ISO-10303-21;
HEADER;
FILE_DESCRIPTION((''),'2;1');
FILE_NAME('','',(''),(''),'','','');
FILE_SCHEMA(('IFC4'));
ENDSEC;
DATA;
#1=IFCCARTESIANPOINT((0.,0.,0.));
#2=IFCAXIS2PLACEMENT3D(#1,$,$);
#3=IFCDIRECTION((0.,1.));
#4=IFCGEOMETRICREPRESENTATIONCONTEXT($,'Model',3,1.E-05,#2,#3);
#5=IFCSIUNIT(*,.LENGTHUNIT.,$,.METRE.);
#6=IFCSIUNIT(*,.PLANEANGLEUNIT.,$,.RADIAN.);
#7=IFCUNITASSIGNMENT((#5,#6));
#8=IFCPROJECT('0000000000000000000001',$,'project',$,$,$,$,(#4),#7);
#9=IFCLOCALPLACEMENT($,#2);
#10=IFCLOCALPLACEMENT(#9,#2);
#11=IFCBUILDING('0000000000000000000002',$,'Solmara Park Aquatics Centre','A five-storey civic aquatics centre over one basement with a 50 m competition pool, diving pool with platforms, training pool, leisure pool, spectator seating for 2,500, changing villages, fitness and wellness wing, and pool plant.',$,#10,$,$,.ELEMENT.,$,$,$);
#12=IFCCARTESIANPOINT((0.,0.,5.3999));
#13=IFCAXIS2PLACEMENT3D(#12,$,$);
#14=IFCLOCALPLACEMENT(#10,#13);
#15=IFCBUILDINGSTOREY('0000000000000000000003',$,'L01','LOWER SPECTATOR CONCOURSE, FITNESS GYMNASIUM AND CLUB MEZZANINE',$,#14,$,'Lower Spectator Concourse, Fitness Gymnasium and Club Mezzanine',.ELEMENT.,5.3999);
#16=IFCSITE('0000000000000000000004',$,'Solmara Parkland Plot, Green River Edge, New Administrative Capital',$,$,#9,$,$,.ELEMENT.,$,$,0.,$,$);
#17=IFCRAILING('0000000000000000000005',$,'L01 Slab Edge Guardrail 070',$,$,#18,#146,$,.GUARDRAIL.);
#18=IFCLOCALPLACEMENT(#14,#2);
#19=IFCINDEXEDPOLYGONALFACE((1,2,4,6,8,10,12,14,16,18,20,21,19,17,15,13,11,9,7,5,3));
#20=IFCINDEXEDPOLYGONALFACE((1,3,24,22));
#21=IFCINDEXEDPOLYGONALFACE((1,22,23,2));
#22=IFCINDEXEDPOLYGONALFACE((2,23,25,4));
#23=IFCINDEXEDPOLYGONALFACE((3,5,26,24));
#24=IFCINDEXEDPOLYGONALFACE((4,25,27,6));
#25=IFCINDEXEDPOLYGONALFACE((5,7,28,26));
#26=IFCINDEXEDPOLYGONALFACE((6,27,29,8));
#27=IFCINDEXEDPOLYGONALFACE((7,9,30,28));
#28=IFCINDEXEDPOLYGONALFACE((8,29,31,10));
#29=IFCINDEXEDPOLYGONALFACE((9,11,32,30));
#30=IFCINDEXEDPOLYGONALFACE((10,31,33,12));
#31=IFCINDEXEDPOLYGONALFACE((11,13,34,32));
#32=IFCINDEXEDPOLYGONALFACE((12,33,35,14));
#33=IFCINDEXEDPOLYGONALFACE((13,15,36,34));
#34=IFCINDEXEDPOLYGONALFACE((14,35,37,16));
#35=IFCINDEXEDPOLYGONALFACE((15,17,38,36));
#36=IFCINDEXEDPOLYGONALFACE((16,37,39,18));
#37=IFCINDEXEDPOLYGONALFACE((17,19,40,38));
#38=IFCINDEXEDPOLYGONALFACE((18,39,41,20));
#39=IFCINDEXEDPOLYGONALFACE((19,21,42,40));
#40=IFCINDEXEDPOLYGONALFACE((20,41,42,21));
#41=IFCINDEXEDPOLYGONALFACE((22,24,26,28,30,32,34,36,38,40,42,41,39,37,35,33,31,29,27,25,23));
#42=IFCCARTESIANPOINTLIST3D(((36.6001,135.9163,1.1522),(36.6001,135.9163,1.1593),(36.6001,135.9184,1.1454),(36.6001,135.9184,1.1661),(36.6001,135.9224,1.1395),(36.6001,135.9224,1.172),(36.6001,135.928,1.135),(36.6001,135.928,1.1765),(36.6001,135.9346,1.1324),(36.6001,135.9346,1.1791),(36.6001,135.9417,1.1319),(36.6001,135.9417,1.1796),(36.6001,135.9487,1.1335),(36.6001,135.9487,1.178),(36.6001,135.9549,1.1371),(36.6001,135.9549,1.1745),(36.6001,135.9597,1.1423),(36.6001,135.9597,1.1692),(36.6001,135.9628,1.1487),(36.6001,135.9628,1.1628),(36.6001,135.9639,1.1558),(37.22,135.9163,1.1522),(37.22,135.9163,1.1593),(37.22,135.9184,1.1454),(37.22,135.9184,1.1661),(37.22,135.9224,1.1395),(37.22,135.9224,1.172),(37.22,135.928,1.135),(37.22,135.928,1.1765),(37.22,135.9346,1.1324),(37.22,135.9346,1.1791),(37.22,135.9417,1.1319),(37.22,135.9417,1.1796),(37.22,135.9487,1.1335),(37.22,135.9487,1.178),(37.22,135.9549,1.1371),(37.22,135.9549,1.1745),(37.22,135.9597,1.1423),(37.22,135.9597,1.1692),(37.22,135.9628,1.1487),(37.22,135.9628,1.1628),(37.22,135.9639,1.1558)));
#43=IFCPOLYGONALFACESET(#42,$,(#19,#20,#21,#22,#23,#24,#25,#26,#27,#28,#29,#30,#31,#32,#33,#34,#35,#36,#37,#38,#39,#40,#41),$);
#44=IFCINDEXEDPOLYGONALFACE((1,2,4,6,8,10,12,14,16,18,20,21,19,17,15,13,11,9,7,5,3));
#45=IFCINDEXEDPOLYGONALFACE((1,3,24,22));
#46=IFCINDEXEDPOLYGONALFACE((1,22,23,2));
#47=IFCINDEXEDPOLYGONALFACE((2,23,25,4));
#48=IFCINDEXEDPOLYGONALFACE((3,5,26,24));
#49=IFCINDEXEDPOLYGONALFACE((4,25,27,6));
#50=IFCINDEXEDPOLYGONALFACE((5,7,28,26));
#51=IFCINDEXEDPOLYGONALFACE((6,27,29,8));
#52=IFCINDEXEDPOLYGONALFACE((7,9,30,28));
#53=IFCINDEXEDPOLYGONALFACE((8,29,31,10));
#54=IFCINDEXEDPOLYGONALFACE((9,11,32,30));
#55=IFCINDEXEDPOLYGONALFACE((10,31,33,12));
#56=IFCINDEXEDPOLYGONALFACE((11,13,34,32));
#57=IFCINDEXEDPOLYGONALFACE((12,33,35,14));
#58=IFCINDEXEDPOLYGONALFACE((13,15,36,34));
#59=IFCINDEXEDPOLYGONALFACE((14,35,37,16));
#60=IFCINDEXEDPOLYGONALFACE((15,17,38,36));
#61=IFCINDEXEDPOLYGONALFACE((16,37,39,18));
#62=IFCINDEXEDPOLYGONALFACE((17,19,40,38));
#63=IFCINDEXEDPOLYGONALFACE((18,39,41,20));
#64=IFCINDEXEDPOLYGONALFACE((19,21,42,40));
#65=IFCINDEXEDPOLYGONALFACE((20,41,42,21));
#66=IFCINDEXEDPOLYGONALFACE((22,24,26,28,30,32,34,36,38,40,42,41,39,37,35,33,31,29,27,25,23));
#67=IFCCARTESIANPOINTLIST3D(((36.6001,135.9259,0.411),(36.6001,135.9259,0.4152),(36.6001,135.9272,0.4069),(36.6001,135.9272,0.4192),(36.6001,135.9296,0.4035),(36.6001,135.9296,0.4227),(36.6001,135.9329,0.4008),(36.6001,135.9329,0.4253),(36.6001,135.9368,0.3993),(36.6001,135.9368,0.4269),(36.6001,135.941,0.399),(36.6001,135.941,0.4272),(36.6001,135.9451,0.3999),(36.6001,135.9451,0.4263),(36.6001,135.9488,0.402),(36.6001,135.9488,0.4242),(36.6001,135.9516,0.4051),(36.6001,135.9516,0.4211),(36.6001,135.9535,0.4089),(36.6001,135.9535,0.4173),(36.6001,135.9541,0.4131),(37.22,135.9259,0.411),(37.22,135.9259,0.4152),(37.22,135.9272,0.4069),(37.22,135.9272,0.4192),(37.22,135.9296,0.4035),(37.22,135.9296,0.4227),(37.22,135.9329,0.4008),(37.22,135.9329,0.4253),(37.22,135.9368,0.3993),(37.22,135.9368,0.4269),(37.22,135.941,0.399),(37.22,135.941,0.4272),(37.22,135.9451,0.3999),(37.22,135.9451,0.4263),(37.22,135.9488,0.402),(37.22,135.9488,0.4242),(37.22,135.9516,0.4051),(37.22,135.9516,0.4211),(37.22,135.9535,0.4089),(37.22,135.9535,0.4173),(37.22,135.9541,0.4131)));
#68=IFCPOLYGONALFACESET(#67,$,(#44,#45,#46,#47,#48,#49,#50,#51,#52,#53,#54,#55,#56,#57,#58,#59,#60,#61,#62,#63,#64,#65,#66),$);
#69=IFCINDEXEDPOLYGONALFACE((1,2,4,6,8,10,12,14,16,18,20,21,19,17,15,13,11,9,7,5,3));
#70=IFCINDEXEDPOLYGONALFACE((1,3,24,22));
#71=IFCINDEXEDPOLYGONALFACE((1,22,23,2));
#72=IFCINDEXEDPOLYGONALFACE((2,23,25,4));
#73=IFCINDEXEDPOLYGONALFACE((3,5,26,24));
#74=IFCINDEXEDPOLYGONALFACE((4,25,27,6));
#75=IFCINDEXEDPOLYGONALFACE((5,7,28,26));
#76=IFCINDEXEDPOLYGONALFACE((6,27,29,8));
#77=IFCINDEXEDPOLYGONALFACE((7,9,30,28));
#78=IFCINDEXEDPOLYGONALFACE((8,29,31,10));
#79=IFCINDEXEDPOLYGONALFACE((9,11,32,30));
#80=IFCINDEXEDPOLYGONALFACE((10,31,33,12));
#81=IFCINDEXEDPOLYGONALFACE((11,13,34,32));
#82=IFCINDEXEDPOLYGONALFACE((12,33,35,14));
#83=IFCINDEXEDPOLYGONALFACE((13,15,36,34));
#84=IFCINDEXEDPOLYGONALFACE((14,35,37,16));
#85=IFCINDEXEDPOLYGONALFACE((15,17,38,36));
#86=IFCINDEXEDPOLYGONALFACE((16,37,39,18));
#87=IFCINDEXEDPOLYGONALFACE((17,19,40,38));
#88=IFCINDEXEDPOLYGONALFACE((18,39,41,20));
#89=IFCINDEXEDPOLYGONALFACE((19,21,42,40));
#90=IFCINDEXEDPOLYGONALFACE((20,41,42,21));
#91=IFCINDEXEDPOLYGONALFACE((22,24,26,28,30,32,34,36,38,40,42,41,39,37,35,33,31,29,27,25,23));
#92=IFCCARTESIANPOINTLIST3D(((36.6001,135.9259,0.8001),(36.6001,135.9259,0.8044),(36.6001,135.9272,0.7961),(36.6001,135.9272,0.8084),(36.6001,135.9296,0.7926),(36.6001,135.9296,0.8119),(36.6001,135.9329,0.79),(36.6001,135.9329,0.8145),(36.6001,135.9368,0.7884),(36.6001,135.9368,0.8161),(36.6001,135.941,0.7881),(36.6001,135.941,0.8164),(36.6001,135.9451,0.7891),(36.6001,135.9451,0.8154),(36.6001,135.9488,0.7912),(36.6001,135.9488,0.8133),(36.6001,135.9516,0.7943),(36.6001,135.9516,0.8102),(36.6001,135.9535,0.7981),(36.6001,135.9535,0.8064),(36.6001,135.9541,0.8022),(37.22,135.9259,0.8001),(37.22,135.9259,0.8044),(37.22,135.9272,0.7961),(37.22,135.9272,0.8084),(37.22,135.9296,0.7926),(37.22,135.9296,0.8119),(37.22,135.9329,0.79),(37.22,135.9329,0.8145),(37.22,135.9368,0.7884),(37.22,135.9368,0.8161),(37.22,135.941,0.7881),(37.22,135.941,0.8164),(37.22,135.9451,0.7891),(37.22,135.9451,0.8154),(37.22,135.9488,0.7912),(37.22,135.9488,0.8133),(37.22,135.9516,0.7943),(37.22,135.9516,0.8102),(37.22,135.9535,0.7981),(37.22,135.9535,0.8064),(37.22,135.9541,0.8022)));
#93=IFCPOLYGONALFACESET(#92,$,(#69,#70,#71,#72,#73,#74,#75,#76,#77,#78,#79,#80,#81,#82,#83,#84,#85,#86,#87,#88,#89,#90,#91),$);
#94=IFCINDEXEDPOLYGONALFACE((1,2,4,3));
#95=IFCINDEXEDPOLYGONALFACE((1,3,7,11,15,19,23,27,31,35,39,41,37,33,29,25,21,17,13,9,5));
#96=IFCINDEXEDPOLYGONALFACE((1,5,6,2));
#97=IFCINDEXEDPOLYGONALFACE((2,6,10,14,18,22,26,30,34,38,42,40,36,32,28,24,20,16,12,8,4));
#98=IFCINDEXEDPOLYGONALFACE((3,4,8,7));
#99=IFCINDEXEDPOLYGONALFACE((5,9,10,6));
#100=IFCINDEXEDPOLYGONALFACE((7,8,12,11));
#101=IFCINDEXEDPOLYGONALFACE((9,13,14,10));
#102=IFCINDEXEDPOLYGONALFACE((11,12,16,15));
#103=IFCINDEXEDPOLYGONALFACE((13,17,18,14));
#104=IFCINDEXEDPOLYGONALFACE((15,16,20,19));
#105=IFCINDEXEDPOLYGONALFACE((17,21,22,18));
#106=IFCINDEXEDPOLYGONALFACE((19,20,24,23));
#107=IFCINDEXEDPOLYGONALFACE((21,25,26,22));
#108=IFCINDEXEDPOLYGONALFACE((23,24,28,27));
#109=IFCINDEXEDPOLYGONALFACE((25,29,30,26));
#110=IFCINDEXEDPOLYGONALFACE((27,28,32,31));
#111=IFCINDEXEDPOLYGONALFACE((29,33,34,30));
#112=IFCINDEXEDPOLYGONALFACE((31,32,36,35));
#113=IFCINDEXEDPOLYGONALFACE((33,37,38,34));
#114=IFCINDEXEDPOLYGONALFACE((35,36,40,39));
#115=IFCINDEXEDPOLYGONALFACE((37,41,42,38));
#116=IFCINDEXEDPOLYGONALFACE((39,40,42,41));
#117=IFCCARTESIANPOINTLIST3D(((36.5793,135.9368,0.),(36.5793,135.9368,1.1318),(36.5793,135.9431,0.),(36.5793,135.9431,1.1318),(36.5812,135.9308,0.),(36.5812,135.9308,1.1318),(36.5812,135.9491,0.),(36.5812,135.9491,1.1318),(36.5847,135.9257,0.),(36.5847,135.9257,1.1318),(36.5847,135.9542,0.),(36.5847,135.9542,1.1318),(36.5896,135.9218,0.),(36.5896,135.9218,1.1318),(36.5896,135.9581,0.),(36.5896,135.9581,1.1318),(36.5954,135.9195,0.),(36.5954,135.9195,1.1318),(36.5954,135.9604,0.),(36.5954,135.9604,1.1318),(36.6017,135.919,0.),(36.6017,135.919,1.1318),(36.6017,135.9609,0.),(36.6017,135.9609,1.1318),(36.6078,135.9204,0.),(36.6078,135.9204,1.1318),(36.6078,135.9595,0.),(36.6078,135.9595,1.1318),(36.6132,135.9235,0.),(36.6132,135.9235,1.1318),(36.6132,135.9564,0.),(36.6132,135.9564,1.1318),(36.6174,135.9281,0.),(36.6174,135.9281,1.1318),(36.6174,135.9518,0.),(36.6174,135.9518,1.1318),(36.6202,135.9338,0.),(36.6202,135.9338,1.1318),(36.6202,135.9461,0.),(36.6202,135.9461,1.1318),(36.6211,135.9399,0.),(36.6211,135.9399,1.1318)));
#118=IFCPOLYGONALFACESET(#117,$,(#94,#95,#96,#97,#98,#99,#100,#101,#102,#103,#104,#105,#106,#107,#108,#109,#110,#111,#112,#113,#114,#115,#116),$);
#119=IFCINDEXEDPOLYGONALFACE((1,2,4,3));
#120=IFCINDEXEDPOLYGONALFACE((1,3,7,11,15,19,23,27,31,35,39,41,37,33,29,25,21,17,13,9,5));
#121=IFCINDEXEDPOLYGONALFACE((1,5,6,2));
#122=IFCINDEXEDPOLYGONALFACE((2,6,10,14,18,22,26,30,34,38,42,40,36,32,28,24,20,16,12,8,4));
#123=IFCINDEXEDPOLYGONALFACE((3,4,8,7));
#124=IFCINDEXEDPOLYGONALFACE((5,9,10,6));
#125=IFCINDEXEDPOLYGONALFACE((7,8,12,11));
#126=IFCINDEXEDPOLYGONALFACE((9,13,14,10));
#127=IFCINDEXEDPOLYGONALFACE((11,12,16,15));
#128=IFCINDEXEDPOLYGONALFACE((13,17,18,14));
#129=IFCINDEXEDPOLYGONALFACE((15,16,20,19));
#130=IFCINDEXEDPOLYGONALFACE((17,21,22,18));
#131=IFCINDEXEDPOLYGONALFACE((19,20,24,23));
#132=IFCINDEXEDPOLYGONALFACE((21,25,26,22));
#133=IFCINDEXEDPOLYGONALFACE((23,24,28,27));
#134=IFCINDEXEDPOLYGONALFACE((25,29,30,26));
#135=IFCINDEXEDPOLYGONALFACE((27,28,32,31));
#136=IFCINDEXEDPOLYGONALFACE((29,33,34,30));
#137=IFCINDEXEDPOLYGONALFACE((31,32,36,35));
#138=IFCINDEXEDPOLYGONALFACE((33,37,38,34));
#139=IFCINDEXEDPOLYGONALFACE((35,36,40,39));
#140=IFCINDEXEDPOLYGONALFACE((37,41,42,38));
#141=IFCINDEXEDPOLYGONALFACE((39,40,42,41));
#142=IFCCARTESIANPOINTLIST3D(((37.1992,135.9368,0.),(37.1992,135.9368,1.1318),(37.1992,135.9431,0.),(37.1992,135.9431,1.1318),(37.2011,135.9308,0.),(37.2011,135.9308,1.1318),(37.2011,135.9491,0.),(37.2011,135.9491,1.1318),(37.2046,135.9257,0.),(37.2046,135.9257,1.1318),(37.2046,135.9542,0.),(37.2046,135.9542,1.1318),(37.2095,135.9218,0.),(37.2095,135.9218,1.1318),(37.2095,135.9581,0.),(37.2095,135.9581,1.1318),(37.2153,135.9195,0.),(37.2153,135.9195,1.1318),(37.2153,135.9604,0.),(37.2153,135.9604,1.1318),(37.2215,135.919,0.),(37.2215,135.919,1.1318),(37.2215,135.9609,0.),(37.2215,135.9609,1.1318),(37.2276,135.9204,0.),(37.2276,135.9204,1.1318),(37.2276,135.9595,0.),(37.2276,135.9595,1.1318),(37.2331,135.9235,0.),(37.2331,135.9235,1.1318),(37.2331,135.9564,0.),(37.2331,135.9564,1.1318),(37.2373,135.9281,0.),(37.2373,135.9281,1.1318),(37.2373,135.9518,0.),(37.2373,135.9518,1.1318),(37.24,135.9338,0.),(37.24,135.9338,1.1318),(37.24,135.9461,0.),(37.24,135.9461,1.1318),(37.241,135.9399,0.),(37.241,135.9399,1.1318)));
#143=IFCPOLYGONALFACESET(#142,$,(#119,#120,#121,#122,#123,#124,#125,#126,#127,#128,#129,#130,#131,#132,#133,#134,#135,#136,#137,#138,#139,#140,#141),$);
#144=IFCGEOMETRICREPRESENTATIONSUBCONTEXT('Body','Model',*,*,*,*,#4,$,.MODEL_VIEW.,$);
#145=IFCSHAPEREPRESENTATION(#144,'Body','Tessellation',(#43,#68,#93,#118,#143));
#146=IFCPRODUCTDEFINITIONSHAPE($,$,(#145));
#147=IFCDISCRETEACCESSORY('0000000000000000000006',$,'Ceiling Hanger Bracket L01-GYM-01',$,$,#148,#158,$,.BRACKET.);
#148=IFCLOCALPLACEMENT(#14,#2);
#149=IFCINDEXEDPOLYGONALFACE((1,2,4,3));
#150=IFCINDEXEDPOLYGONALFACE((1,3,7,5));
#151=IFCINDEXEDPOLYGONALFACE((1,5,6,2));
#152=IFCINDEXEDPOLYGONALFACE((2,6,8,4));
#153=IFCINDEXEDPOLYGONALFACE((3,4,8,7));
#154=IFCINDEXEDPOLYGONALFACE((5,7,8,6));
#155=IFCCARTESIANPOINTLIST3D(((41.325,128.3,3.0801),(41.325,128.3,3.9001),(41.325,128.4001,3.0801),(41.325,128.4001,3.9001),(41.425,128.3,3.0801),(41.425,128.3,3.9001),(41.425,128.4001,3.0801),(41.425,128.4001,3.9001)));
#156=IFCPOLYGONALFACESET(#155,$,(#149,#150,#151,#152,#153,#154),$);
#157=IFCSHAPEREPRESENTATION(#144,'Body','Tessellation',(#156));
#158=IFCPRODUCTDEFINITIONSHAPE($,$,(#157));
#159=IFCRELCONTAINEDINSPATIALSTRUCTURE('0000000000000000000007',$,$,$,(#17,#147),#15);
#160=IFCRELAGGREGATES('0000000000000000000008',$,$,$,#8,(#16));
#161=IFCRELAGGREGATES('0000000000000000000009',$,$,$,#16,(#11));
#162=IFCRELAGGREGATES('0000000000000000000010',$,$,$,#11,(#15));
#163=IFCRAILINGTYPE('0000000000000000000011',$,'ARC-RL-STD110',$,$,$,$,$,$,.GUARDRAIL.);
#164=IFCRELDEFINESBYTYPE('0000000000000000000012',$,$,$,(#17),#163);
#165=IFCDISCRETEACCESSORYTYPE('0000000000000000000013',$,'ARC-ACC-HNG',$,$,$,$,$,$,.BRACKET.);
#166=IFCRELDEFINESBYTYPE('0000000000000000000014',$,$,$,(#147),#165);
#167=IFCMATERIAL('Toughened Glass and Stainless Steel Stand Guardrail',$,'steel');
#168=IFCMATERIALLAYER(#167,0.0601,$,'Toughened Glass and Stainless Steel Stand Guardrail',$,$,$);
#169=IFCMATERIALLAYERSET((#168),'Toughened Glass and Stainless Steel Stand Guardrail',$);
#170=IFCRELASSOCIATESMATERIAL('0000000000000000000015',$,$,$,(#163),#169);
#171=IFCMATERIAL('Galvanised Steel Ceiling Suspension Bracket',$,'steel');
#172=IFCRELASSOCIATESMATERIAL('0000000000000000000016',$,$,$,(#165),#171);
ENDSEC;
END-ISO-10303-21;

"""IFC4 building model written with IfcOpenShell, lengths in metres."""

from ifc_helpers import new_model, si_unit, direction, frame, origin, origin_2d, place, context, subcontext, project, spatial, rectangle, circle, extrude, material, layer, layer_set, type_object, element, save


model = new_model("IFC4")

# Units and contexts
model_context = context("Model", 3, precision=1e-05, world=origin(), true_north=direction((0.0, 1.0)))
body_context = subcontext(model_context, "Body", "Model", "MODEL_VIEW")
ifc_project = project(units=[si_unit("LENGTHUNIT", "METRE"), si_unit("PLANEANGLEUNIT", "RADIAN")], contexts=[model_context])

# Site, building, storey
site_placement = place(None, origin())
site = spatial("IfcSite", under=ifc_project, at=site_placement, Name="Solmara Parkland Plot, Green River Edge, New Administrative Capital", CompositionType="ELEMENT", RefElevation=0.0)
building_placement = place(site_placement, origin())
building = spatial("IfcBuilding", under=site, at=building_placement, Name="Solmara Park Aquatics Centre", Description="A five-storey civic aquatics centre over one basement with a 50 m competition pool, diving pool with platforms, training pool, leisure pool, spectator seating for 2,500, changing villages, fitness and wellness wing, and pool plant.", CompositionType="ELEMENT")
storey_placement = place(building_placement, frame((0.0, 0.0, 5.3999)))
storey = spatial("IfcBuildingStorey", under=building, at=storey_placement, Name="L01", Description="LOWER SPECTATOR CONCOURSE, FITNESS GYMNASIUM AND CLUB MEZZANINE", LongName="Lower Spectator Concourse, Fitness Gymnasium and Club Mezzanine", CompositionType="ELEMENT", Elevation=5.3999)

# Railing
ifc_material_1 = material(Name="Toughened Glass and Stainless Steel Stand Guardrail", Category="steel")
ifc_layer_1 = layer(ifc_material_1, 0.0601, Name="Toughened Glass and Stainless Steel Stand Guardrail")
ifc_layer_set_1 = layer_set([ifc_layer_1], Name="Toughened Glass and Stainless Steel Stand Guardrail")
railing_type = type_object("IfcRailingType", Name="ARC-RL-STD110", PredefinedType="GUARDRAIL", material=ifc_layer_set_1)
railing_placement = place(storey_placement, frame((36.6001, 135.9399, 0.0)))
element("IfcRailing", 1, at=railing_placement, inside=storey, type_object=railing_type, Name="L01 Slab Edge Guardrail 070", PredefinedType="GUARDRAIL", context=body_context, shape_type="SweptSolid", body=[
    extrude(circle(Radius=0.0239, at=origin_2d()), frame((0.0, 0.0, 1.1558), z_axis=(1.0, 0.0, 0.0), x_axis=(0.0, 1.0, 0.0)), (0.0, 0.0, 1.0), 0.6199),
    extrude(circle(Radius=0.0142, at=origin_2d()), frame((0.0, 0.0, 0.4131), z_axis=(1.0, 0.0, 0.0), x_axis=(0.0, 1.0, 0.0)), (0.0, 0.0, 1.0), 0.6199),
    extrude(circle(Radius=0.0142, at=origin_2d()), frame((0.0, 0.0, 0.8022), z_axis=(1.0, 0.0, 0.0), x_axis=(0.0, 1.0, 0.0)), (0.0, 0.0, 1.0), 0.6199),
    extrude(circle(Radius=0.021, at=origin_2d()), origin(), (0.0, 0.0, 1.0), 1.1318),
    extrude(circle(Radius=0.021, at=origin_2d()), frame((0.6199, 0.0, 0.0)), (0.0, 0.0, 1.0), 1.1318),
])

# Discrete accessory
ifc_material_2 = material(Name="Galvanised Steel Ceiling Suspension Bracket", Category="steel")
discrete_accessory_type = type_object("IfcDiscreteAccessoryType", Name="ARC-ACC-HNG", PredefinedType="BRACKET", material=ifc_material_2)
discrete_accessory_placement = place(storey_placement, frame((41.375, 128.3501, 3.0801), z_axis=(0.0, 0.0, 1.0), x_axis=(1.0, 0.0, 0.0)))
element("IfcDiscreteAccessory", 2, at=discrete_accessory_placement, inside=storey, type_object=discrete_accessory_type, Name="Ceiling Hanger Bracket L01-GYM-01", PredefinedType="BRACKET", context=body_context, shape_type="SweptSolid", body=[
    extrude(rectangle(XDim=0.1001, YDim=0.1001, at=origin_2d()), origin(), (0.0, 0.0, 1.0), 0.8201),
])

save(model, "model.ifc")
